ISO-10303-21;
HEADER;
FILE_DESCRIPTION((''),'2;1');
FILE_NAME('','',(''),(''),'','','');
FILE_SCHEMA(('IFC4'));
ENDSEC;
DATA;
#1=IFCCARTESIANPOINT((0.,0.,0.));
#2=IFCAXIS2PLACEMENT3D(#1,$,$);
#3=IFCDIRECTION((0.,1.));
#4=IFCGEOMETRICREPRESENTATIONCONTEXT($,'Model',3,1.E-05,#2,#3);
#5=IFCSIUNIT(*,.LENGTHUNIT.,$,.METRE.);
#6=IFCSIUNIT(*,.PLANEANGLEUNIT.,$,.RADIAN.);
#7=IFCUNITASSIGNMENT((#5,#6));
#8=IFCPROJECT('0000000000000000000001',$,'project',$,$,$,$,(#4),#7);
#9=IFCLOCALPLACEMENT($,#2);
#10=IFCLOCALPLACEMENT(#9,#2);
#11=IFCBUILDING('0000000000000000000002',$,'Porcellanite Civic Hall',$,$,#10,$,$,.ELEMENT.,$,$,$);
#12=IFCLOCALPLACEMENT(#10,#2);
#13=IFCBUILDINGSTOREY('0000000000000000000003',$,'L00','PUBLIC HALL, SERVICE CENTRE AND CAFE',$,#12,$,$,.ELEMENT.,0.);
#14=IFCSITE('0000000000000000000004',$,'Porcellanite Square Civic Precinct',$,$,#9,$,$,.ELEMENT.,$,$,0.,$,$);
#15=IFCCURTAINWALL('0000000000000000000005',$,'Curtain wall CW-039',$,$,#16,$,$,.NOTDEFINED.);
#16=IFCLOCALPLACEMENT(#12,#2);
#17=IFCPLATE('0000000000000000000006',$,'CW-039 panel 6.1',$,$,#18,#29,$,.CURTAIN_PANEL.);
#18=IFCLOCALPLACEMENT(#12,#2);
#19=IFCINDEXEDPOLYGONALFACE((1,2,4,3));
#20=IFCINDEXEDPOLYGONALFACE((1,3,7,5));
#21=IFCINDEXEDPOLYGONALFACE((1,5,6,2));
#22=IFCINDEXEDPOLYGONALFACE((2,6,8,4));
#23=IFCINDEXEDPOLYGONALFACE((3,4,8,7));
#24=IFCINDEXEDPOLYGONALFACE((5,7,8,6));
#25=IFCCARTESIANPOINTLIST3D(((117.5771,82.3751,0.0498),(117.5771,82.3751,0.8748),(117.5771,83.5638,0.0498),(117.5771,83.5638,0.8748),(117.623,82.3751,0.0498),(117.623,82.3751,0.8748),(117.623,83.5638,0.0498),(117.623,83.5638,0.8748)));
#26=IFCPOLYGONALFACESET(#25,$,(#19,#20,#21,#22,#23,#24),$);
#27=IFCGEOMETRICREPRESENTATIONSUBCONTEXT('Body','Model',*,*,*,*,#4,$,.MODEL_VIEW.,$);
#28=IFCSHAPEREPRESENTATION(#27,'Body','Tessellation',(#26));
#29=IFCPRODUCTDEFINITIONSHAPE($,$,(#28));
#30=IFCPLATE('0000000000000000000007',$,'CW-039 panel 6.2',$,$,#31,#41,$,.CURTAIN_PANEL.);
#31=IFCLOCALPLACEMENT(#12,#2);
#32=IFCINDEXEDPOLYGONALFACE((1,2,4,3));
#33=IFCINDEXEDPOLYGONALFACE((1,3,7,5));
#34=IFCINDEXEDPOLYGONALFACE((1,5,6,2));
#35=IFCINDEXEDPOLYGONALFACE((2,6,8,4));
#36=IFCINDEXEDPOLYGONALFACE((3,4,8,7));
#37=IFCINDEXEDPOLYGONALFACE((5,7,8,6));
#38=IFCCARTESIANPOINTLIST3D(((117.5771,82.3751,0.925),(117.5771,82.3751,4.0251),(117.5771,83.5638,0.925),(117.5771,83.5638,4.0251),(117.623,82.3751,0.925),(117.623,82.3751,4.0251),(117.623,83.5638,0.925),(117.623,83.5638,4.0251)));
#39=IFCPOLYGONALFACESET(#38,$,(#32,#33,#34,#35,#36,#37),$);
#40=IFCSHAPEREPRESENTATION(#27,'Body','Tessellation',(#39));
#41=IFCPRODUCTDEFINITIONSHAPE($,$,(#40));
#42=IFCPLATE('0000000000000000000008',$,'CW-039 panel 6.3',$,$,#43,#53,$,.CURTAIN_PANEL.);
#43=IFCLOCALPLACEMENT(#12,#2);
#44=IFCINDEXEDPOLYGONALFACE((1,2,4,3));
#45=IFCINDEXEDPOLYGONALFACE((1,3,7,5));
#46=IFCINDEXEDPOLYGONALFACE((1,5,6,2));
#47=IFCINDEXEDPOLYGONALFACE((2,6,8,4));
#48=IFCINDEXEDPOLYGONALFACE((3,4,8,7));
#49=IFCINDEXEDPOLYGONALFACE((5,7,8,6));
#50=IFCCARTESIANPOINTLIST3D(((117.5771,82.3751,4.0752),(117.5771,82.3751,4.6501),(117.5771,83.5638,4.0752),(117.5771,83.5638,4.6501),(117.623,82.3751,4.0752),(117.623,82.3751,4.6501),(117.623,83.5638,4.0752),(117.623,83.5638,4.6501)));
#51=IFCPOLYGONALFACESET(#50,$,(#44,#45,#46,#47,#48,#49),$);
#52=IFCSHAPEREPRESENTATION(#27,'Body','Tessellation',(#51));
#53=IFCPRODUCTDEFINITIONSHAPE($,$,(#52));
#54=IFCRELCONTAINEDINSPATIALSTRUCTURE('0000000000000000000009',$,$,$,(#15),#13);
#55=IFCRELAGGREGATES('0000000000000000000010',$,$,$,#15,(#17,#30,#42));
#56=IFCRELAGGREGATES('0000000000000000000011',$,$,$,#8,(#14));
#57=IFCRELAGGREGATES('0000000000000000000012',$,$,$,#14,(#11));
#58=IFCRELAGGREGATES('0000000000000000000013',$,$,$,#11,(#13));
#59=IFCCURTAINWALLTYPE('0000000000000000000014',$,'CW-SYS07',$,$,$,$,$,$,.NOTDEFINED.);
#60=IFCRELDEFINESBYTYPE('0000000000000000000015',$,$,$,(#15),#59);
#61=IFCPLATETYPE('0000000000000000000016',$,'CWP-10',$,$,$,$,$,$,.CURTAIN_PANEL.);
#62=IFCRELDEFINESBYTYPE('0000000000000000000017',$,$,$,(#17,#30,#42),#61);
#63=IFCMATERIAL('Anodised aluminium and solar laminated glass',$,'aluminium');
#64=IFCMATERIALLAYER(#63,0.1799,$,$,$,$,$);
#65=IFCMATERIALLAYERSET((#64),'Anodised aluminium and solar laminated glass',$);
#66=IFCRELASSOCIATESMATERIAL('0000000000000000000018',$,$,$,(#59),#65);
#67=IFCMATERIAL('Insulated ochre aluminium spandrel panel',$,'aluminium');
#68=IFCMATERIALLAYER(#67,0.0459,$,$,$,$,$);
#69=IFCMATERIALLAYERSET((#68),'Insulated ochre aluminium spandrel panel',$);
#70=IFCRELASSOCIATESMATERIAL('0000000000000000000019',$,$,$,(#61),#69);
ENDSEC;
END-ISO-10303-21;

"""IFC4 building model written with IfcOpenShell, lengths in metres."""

from ifc_helpers import new_model, si_unit, direction, frame, origin, origin_2d, place, context, subcontext, project, spatial, rectangle, extrude, material, layer, layer_set, type_object, element, aggregate, save


model = new_model("IFC4")

# Units and contexts
model_context = context("Model", 3, precision=1e-05, world=origin(), true_north=direction((0.0, 1.0)))
body_context = subcontext(model_context, "Body", "Model", "MODEL_VIEW")
ifc_project = project(units=[si_unit("LENGTHUNIT", "METRE"), si_unit("PLANEANGLEUNIT", "RADIAN")], contexts=[model_context])

# Site, building, storey
site_placement = place(None, origin())
site = spatial("IfcSite", under=ifc_project, at=site_placement, Name="Porcellanite Square Civic Precinct", CompositionType="ELEMENT", RefElevation=0.0)
building_placement = place(site_placement, origin())
building = spatial("IfcBuilding", under=site, at=building_placement, Name="Porcellanite Civic Hall", CompositionType="ELEMENT")
storey_placement = place(building_placement, origin())
storey = spatial("IfcBuildingStorey", under=building, at=storey_placement, Name="L00", Description="PUBLIC HALL, SERVICE CENTRE AND CAFE", CompositionType="ELEMENT", Elevation=0.0)

# Curtain wall
ifc_material_1 = material(Name="Anodised aluminium and solar laminated glass", Category="aluminium")
ifc_layer_1 = layer(ifc_material_1, 0.1799)
ifc_layer_set_1 = layer_set([ifc_layer_1], Name="Anodised aluminium and solar laminated glass")
curtain_wall_type = type_object("IfcCurtainWallType", Name="CW-SYS07", PredefinedType="NOTDEFINED", material=ifc_layer_set_1)
curtain_wall_placement = place(storey_placement, origin())
curtain_wall = element("IfcCurtainWall", 1, at=curtain_wall_placement, inside=storey, type_object=curtain_wall_type, Name="Curtain wall CW-039", PredefinedType="NOTDEFINED")

# Plates
ifc_material_2 = material(Name="Insulated ochre aluminium spandrel panel", Category="aluminium")
ifc_layer_2 = layer(ifc_material_2, 0.0459)
ifc_layer_set_2 = layer_set([ifc_layer_2], Name="Insulated ochre aluminium spandrel panel")
plate_type = type_object("IfcPlateType", Name="CWP-10", PredefinedType="CURTAIN_PANEL", material=ifc_layer_set_2)
plate_1_placement = place(storey_placement, frame((117.6001, 82.9695, 0.0498), z_axis=(0.0, 0.0, 1.0), x_axis=(0.0, 1.0, 0.0)))
plate_1 = element("IfcPlate", 2, at=plate_1_placement, type_object=plate_type, Name="CW-039 panel 6.1", PredefinedType="CURTAIN_PANEL", context=body_context, shape_type="SweptSolid", body=[
    extrude(rectangle(XDim=1.1887, YDim=0.0459, at=origin_2d()), origin(), (0.0, 0.0, 1.0), 0.825),
])
plate_2_placement = place(storey_placement, frame((117.6001, 82.9695, 0.925), z_axis=(0.0, 0.0, 1.0), x_axis=(0.0, 1.0, 0.0)))
plate_2 = element("IfcPlate", 3, at=plate_2_placement, type_object=plate_type, Name="CW-039 panel 6.2", PredefinedType="CURTAIN_PANEL", context=body_context, shape_type="SweptSolid", body=[
    extrude(rectangle(XDim=1.1887, YDim=0.0459, at=origin_2d()), origin(), (0.0, 0.0, 1.0), 3.1001),
])
plate_3_placement = place(storey_placement, frame((117.6001, 82.9695, 4.0752), z_axis=(0.0, 0.0, 1.0), x_axis=(0.0, 1.0, 0.0)))
plate_3 = element("IfcPlate", 4, at=plate_3_placement, type_object=plate_type, Name="CW-039 panel 6.3", PredefinedType="CURTAIN_PANEL", context=body_context, shape_type="SweptSolid", body=[
    extrude(rectangle(XDim=1.1887, YDim=0.0459, at=origin_2d()), origin(), (0.0, 0.0, 1.0), 0.575),
])
aggregate(curtain_wall, [plate_1, plate_2, plate_3])

save(model, "model.ifc")
